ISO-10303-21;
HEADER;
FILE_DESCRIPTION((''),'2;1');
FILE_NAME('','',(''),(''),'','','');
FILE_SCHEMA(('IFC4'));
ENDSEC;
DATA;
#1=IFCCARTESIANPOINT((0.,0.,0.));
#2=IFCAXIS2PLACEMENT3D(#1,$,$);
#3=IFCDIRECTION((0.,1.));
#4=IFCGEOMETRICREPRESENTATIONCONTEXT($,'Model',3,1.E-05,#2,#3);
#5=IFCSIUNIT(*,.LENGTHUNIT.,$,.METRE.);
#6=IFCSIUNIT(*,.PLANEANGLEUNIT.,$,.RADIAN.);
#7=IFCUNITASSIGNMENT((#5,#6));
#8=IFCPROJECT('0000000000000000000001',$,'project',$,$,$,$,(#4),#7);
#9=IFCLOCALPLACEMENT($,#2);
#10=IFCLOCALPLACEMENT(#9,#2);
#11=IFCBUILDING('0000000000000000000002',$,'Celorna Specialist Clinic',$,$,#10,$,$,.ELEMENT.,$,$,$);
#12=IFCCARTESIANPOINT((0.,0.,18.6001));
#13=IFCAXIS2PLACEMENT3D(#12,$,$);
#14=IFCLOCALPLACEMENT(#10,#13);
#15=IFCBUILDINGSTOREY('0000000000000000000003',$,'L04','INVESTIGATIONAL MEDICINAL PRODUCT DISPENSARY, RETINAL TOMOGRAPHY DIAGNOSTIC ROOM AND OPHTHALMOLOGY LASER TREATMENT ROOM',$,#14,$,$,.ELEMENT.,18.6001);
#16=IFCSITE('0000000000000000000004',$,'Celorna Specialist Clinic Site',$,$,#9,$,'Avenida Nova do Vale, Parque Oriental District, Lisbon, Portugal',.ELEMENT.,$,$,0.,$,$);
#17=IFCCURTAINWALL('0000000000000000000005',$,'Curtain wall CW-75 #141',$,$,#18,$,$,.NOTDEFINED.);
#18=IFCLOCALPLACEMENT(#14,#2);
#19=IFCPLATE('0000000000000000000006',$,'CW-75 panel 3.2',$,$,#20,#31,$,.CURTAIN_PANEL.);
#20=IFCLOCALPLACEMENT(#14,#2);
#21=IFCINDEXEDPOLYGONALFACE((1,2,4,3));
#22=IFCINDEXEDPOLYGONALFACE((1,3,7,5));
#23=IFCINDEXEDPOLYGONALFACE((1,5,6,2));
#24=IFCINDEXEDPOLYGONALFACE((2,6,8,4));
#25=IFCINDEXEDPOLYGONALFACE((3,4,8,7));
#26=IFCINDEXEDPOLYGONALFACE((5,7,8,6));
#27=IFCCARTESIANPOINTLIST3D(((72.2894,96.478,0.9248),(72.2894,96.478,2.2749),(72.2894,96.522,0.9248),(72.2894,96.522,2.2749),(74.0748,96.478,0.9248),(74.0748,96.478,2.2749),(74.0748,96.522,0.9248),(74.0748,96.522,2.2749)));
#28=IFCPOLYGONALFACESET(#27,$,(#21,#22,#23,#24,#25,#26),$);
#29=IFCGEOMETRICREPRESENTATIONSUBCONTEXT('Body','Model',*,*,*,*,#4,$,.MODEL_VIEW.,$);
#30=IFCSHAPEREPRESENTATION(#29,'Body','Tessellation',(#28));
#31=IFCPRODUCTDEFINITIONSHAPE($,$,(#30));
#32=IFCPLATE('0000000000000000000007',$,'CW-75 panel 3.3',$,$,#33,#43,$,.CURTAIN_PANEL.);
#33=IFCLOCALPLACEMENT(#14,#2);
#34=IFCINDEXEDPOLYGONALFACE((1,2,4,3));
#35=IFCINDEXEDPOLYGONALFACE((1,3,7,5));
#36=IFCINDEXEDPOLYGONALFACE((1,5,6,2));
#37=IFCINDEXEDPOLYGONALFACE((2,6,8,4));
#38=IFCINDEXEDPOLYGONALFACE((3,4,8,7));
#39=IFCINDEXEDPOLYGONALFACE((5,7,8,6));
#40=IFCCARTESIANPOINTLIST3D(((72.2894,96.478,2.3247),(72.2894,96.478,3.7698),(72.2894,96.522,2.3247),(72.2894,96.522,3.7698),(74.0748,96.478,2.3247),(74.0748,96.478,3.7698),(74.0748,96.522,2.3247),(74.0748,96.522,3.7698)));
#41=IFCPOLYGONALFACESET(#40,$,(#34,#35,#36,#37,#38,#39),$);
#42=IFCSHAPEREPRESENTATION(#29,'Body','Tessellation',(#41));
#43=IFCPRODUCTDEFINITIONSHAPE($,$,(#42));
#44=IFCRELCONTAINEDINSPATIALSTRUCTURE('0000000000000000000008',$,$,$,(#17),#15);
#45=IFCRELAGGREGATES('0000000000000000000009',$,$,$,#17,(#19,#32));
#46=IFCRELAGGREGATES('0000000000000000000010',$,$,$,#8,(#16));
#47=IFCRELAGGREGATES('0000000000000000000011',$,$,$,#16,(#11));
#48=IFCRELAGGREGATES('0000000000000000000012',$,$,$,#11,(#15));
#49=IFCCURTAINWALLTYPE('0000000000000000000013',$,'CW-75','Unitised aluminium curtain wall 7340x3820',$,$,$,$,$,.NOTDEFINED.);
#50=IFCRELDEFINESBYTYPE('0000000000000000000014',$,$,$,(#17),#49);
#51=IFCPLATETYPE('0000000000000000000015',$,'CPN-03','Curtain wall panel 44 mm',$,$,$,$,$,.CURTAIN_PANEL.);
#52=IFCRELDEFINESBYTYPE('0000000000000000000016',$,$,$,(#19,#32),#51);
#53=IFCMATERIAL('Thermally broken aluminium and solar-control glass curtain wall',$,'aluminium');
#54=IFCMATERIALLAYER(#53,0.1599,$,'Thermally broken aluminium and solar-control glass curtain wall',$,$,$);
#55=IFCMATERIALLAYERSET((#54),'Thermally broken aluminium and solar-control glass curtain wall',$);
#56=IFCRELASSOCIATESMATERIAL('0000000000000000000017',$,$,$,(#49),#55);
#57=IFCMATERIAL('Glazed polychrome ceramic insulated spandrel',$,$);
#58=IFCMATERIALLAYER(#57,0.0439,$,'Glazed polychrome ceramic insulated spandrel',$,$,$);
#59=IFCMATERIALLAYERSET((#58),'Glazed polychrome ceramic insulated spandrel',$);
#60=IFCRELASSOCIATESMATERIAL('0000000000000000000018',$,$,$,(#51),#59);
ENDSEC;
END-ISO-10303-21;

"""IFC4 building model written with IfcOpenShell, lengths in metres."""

from ifc_helpers import new_model, si_unit, direction, frame, origin, origin_2d, place, context, subcontext, project, spatial, rectangle, extrude, material, layer, layer_set, type_object, element, aggregate, save


model = new_model("IFC4")

# Units and contexts
model_context = context("Model", 3, precision=1e-05, world=origin(), true_north=direction((0.0, 1.0)))
body_context = subcontext(model_context, "Body", "Model", "MODEL_VIEW")
ifc_project = project(units=[si_unit("LENGTHUNIT", "METRE"), si_unit("PLANEANGLEUNIT", "RADIAN")], contexts=[model_context])

# Site, building, storey
site_placement = place(None, origin())
site = spatial("IfcSite", under=ifc_project, at=site_placement, Name="Celorna Specialist Clinic Site", LongName="Avenida Nova do Vale, Parque Oriental District, Lisbon, Portugal", CompositionType="ELEMENT", RefElevation=0.0)
building_placement = place(site_placement, origin())
building = spatial("IfcBuilding", under=site, at=building_placement, Name="Celorna Specialist Clinic", CompositionType="ELEMENT")
storey_placement = place(building_placement, frame((0.0, 0.0, 18.6001)))
storey = spatial("IfcBuildingStorey", under=building, at=storey_placement, Name="L04", Description="INVESTIGATIONAL MEDICINAL PRODUCT DISPENSARY, RETINAL TOMOGRAPHY DIAGNOSTIC ROOM AND OPHTHALMOLOGY LASER TREATMENT ROOM", CompositionType="ELEMENT", Elevation=18.6001)

# Curtain wall, plates
ifc_material_1 = material(Name="Thermally broken aluminium and solar-control glass curtain wall", Category="aluminium")
ifc_layer_1 = layer(ifc_material_1, 0.1599, Name="Thermally broken aluminium and solar-control glass curtain wall")
ifc_layer_set_1 = layer_set([ifc_layer_1], Name="Thermally broken aluminium and solar-control glass curtain wall")
curtain_wall_type = type_object("IfcCurtainWallType", Name="CW-75", Description="Unitised aluminium curtain wall 7340x3820", PredefinedType="NOTDEFINED", material=ifc_layer_set_1)
curtain_wall_placement = place(storey_placement, origin())
curtain_wall = element("IfcCurtainWall", 1, at=curtain_wall_placement, inside=storey, type_object=curtain_wall_type, Name="Curtain wall CW-75 #141", PredefinedType="NOTDEFINED")
ifc_material_2 = material(Name="Glazed polychrome ceramic insulated spandrel")
ifc_layer_2 = layer(ifc_material_2, 0.0439, Name="Glazed polychrome ceramic insulated spandrel")
ifc_layer_set_2 = layer_set([ifc_layer_2], Name="Glazed polychrome ceramic insulated spandrel")
plate_type = type_object("IfcPlateType", Name="CPN-03", Description="Curtain wall panel 44 mm", PredefinedType="CURTAIN_PANEL", material=ifc_layer_set_2)
plate_1_placement = place(storey_placement, frame((73.1821, 96.5, 0.9248), z_axis=(0.0, 0.0, 1.0), x_axis=(-1.0, 0.0, 0.0)))
plate_1 = element("IfcPlate", 2, at=plate_1_placement, type_object=plate_type, Name="CW-75 panel 3.2", PredefinedType="CURTAIN_PANEL", context=body_context, shape_type="SweptSolid", body=[
    extrude(rectangle(XDim=1.7854, YDim=0.0439, at=origin_2d()), origin(), (0.0, 0.0, 1.0), 1.3501),
])
plate_2_placement = place(storey_placement, frame((73.1821, 96.5, 2.3247), z_axis=(0.0, 0.0, 1.0), x_axis=(-1.0, 0.0, 0.0)))
plate_2 = element("IfcPlate", 3, at=plate_2_placement, type_object=plate_type, Name="CW-75 panel 3.3", PredefinedType="CURTAIN_PANEL", context=body_context, shape_type="SweptSolid", body=[
    extrude(rectangle(XDim=1.7854, YDim=0.0439, at=origin_2d()), origin(), (0.0, 0.0, 1.0), 1.4451),
])
aggregate(curtain_wall, [plate_1, plate_2])

save(model, "model.ifc")
